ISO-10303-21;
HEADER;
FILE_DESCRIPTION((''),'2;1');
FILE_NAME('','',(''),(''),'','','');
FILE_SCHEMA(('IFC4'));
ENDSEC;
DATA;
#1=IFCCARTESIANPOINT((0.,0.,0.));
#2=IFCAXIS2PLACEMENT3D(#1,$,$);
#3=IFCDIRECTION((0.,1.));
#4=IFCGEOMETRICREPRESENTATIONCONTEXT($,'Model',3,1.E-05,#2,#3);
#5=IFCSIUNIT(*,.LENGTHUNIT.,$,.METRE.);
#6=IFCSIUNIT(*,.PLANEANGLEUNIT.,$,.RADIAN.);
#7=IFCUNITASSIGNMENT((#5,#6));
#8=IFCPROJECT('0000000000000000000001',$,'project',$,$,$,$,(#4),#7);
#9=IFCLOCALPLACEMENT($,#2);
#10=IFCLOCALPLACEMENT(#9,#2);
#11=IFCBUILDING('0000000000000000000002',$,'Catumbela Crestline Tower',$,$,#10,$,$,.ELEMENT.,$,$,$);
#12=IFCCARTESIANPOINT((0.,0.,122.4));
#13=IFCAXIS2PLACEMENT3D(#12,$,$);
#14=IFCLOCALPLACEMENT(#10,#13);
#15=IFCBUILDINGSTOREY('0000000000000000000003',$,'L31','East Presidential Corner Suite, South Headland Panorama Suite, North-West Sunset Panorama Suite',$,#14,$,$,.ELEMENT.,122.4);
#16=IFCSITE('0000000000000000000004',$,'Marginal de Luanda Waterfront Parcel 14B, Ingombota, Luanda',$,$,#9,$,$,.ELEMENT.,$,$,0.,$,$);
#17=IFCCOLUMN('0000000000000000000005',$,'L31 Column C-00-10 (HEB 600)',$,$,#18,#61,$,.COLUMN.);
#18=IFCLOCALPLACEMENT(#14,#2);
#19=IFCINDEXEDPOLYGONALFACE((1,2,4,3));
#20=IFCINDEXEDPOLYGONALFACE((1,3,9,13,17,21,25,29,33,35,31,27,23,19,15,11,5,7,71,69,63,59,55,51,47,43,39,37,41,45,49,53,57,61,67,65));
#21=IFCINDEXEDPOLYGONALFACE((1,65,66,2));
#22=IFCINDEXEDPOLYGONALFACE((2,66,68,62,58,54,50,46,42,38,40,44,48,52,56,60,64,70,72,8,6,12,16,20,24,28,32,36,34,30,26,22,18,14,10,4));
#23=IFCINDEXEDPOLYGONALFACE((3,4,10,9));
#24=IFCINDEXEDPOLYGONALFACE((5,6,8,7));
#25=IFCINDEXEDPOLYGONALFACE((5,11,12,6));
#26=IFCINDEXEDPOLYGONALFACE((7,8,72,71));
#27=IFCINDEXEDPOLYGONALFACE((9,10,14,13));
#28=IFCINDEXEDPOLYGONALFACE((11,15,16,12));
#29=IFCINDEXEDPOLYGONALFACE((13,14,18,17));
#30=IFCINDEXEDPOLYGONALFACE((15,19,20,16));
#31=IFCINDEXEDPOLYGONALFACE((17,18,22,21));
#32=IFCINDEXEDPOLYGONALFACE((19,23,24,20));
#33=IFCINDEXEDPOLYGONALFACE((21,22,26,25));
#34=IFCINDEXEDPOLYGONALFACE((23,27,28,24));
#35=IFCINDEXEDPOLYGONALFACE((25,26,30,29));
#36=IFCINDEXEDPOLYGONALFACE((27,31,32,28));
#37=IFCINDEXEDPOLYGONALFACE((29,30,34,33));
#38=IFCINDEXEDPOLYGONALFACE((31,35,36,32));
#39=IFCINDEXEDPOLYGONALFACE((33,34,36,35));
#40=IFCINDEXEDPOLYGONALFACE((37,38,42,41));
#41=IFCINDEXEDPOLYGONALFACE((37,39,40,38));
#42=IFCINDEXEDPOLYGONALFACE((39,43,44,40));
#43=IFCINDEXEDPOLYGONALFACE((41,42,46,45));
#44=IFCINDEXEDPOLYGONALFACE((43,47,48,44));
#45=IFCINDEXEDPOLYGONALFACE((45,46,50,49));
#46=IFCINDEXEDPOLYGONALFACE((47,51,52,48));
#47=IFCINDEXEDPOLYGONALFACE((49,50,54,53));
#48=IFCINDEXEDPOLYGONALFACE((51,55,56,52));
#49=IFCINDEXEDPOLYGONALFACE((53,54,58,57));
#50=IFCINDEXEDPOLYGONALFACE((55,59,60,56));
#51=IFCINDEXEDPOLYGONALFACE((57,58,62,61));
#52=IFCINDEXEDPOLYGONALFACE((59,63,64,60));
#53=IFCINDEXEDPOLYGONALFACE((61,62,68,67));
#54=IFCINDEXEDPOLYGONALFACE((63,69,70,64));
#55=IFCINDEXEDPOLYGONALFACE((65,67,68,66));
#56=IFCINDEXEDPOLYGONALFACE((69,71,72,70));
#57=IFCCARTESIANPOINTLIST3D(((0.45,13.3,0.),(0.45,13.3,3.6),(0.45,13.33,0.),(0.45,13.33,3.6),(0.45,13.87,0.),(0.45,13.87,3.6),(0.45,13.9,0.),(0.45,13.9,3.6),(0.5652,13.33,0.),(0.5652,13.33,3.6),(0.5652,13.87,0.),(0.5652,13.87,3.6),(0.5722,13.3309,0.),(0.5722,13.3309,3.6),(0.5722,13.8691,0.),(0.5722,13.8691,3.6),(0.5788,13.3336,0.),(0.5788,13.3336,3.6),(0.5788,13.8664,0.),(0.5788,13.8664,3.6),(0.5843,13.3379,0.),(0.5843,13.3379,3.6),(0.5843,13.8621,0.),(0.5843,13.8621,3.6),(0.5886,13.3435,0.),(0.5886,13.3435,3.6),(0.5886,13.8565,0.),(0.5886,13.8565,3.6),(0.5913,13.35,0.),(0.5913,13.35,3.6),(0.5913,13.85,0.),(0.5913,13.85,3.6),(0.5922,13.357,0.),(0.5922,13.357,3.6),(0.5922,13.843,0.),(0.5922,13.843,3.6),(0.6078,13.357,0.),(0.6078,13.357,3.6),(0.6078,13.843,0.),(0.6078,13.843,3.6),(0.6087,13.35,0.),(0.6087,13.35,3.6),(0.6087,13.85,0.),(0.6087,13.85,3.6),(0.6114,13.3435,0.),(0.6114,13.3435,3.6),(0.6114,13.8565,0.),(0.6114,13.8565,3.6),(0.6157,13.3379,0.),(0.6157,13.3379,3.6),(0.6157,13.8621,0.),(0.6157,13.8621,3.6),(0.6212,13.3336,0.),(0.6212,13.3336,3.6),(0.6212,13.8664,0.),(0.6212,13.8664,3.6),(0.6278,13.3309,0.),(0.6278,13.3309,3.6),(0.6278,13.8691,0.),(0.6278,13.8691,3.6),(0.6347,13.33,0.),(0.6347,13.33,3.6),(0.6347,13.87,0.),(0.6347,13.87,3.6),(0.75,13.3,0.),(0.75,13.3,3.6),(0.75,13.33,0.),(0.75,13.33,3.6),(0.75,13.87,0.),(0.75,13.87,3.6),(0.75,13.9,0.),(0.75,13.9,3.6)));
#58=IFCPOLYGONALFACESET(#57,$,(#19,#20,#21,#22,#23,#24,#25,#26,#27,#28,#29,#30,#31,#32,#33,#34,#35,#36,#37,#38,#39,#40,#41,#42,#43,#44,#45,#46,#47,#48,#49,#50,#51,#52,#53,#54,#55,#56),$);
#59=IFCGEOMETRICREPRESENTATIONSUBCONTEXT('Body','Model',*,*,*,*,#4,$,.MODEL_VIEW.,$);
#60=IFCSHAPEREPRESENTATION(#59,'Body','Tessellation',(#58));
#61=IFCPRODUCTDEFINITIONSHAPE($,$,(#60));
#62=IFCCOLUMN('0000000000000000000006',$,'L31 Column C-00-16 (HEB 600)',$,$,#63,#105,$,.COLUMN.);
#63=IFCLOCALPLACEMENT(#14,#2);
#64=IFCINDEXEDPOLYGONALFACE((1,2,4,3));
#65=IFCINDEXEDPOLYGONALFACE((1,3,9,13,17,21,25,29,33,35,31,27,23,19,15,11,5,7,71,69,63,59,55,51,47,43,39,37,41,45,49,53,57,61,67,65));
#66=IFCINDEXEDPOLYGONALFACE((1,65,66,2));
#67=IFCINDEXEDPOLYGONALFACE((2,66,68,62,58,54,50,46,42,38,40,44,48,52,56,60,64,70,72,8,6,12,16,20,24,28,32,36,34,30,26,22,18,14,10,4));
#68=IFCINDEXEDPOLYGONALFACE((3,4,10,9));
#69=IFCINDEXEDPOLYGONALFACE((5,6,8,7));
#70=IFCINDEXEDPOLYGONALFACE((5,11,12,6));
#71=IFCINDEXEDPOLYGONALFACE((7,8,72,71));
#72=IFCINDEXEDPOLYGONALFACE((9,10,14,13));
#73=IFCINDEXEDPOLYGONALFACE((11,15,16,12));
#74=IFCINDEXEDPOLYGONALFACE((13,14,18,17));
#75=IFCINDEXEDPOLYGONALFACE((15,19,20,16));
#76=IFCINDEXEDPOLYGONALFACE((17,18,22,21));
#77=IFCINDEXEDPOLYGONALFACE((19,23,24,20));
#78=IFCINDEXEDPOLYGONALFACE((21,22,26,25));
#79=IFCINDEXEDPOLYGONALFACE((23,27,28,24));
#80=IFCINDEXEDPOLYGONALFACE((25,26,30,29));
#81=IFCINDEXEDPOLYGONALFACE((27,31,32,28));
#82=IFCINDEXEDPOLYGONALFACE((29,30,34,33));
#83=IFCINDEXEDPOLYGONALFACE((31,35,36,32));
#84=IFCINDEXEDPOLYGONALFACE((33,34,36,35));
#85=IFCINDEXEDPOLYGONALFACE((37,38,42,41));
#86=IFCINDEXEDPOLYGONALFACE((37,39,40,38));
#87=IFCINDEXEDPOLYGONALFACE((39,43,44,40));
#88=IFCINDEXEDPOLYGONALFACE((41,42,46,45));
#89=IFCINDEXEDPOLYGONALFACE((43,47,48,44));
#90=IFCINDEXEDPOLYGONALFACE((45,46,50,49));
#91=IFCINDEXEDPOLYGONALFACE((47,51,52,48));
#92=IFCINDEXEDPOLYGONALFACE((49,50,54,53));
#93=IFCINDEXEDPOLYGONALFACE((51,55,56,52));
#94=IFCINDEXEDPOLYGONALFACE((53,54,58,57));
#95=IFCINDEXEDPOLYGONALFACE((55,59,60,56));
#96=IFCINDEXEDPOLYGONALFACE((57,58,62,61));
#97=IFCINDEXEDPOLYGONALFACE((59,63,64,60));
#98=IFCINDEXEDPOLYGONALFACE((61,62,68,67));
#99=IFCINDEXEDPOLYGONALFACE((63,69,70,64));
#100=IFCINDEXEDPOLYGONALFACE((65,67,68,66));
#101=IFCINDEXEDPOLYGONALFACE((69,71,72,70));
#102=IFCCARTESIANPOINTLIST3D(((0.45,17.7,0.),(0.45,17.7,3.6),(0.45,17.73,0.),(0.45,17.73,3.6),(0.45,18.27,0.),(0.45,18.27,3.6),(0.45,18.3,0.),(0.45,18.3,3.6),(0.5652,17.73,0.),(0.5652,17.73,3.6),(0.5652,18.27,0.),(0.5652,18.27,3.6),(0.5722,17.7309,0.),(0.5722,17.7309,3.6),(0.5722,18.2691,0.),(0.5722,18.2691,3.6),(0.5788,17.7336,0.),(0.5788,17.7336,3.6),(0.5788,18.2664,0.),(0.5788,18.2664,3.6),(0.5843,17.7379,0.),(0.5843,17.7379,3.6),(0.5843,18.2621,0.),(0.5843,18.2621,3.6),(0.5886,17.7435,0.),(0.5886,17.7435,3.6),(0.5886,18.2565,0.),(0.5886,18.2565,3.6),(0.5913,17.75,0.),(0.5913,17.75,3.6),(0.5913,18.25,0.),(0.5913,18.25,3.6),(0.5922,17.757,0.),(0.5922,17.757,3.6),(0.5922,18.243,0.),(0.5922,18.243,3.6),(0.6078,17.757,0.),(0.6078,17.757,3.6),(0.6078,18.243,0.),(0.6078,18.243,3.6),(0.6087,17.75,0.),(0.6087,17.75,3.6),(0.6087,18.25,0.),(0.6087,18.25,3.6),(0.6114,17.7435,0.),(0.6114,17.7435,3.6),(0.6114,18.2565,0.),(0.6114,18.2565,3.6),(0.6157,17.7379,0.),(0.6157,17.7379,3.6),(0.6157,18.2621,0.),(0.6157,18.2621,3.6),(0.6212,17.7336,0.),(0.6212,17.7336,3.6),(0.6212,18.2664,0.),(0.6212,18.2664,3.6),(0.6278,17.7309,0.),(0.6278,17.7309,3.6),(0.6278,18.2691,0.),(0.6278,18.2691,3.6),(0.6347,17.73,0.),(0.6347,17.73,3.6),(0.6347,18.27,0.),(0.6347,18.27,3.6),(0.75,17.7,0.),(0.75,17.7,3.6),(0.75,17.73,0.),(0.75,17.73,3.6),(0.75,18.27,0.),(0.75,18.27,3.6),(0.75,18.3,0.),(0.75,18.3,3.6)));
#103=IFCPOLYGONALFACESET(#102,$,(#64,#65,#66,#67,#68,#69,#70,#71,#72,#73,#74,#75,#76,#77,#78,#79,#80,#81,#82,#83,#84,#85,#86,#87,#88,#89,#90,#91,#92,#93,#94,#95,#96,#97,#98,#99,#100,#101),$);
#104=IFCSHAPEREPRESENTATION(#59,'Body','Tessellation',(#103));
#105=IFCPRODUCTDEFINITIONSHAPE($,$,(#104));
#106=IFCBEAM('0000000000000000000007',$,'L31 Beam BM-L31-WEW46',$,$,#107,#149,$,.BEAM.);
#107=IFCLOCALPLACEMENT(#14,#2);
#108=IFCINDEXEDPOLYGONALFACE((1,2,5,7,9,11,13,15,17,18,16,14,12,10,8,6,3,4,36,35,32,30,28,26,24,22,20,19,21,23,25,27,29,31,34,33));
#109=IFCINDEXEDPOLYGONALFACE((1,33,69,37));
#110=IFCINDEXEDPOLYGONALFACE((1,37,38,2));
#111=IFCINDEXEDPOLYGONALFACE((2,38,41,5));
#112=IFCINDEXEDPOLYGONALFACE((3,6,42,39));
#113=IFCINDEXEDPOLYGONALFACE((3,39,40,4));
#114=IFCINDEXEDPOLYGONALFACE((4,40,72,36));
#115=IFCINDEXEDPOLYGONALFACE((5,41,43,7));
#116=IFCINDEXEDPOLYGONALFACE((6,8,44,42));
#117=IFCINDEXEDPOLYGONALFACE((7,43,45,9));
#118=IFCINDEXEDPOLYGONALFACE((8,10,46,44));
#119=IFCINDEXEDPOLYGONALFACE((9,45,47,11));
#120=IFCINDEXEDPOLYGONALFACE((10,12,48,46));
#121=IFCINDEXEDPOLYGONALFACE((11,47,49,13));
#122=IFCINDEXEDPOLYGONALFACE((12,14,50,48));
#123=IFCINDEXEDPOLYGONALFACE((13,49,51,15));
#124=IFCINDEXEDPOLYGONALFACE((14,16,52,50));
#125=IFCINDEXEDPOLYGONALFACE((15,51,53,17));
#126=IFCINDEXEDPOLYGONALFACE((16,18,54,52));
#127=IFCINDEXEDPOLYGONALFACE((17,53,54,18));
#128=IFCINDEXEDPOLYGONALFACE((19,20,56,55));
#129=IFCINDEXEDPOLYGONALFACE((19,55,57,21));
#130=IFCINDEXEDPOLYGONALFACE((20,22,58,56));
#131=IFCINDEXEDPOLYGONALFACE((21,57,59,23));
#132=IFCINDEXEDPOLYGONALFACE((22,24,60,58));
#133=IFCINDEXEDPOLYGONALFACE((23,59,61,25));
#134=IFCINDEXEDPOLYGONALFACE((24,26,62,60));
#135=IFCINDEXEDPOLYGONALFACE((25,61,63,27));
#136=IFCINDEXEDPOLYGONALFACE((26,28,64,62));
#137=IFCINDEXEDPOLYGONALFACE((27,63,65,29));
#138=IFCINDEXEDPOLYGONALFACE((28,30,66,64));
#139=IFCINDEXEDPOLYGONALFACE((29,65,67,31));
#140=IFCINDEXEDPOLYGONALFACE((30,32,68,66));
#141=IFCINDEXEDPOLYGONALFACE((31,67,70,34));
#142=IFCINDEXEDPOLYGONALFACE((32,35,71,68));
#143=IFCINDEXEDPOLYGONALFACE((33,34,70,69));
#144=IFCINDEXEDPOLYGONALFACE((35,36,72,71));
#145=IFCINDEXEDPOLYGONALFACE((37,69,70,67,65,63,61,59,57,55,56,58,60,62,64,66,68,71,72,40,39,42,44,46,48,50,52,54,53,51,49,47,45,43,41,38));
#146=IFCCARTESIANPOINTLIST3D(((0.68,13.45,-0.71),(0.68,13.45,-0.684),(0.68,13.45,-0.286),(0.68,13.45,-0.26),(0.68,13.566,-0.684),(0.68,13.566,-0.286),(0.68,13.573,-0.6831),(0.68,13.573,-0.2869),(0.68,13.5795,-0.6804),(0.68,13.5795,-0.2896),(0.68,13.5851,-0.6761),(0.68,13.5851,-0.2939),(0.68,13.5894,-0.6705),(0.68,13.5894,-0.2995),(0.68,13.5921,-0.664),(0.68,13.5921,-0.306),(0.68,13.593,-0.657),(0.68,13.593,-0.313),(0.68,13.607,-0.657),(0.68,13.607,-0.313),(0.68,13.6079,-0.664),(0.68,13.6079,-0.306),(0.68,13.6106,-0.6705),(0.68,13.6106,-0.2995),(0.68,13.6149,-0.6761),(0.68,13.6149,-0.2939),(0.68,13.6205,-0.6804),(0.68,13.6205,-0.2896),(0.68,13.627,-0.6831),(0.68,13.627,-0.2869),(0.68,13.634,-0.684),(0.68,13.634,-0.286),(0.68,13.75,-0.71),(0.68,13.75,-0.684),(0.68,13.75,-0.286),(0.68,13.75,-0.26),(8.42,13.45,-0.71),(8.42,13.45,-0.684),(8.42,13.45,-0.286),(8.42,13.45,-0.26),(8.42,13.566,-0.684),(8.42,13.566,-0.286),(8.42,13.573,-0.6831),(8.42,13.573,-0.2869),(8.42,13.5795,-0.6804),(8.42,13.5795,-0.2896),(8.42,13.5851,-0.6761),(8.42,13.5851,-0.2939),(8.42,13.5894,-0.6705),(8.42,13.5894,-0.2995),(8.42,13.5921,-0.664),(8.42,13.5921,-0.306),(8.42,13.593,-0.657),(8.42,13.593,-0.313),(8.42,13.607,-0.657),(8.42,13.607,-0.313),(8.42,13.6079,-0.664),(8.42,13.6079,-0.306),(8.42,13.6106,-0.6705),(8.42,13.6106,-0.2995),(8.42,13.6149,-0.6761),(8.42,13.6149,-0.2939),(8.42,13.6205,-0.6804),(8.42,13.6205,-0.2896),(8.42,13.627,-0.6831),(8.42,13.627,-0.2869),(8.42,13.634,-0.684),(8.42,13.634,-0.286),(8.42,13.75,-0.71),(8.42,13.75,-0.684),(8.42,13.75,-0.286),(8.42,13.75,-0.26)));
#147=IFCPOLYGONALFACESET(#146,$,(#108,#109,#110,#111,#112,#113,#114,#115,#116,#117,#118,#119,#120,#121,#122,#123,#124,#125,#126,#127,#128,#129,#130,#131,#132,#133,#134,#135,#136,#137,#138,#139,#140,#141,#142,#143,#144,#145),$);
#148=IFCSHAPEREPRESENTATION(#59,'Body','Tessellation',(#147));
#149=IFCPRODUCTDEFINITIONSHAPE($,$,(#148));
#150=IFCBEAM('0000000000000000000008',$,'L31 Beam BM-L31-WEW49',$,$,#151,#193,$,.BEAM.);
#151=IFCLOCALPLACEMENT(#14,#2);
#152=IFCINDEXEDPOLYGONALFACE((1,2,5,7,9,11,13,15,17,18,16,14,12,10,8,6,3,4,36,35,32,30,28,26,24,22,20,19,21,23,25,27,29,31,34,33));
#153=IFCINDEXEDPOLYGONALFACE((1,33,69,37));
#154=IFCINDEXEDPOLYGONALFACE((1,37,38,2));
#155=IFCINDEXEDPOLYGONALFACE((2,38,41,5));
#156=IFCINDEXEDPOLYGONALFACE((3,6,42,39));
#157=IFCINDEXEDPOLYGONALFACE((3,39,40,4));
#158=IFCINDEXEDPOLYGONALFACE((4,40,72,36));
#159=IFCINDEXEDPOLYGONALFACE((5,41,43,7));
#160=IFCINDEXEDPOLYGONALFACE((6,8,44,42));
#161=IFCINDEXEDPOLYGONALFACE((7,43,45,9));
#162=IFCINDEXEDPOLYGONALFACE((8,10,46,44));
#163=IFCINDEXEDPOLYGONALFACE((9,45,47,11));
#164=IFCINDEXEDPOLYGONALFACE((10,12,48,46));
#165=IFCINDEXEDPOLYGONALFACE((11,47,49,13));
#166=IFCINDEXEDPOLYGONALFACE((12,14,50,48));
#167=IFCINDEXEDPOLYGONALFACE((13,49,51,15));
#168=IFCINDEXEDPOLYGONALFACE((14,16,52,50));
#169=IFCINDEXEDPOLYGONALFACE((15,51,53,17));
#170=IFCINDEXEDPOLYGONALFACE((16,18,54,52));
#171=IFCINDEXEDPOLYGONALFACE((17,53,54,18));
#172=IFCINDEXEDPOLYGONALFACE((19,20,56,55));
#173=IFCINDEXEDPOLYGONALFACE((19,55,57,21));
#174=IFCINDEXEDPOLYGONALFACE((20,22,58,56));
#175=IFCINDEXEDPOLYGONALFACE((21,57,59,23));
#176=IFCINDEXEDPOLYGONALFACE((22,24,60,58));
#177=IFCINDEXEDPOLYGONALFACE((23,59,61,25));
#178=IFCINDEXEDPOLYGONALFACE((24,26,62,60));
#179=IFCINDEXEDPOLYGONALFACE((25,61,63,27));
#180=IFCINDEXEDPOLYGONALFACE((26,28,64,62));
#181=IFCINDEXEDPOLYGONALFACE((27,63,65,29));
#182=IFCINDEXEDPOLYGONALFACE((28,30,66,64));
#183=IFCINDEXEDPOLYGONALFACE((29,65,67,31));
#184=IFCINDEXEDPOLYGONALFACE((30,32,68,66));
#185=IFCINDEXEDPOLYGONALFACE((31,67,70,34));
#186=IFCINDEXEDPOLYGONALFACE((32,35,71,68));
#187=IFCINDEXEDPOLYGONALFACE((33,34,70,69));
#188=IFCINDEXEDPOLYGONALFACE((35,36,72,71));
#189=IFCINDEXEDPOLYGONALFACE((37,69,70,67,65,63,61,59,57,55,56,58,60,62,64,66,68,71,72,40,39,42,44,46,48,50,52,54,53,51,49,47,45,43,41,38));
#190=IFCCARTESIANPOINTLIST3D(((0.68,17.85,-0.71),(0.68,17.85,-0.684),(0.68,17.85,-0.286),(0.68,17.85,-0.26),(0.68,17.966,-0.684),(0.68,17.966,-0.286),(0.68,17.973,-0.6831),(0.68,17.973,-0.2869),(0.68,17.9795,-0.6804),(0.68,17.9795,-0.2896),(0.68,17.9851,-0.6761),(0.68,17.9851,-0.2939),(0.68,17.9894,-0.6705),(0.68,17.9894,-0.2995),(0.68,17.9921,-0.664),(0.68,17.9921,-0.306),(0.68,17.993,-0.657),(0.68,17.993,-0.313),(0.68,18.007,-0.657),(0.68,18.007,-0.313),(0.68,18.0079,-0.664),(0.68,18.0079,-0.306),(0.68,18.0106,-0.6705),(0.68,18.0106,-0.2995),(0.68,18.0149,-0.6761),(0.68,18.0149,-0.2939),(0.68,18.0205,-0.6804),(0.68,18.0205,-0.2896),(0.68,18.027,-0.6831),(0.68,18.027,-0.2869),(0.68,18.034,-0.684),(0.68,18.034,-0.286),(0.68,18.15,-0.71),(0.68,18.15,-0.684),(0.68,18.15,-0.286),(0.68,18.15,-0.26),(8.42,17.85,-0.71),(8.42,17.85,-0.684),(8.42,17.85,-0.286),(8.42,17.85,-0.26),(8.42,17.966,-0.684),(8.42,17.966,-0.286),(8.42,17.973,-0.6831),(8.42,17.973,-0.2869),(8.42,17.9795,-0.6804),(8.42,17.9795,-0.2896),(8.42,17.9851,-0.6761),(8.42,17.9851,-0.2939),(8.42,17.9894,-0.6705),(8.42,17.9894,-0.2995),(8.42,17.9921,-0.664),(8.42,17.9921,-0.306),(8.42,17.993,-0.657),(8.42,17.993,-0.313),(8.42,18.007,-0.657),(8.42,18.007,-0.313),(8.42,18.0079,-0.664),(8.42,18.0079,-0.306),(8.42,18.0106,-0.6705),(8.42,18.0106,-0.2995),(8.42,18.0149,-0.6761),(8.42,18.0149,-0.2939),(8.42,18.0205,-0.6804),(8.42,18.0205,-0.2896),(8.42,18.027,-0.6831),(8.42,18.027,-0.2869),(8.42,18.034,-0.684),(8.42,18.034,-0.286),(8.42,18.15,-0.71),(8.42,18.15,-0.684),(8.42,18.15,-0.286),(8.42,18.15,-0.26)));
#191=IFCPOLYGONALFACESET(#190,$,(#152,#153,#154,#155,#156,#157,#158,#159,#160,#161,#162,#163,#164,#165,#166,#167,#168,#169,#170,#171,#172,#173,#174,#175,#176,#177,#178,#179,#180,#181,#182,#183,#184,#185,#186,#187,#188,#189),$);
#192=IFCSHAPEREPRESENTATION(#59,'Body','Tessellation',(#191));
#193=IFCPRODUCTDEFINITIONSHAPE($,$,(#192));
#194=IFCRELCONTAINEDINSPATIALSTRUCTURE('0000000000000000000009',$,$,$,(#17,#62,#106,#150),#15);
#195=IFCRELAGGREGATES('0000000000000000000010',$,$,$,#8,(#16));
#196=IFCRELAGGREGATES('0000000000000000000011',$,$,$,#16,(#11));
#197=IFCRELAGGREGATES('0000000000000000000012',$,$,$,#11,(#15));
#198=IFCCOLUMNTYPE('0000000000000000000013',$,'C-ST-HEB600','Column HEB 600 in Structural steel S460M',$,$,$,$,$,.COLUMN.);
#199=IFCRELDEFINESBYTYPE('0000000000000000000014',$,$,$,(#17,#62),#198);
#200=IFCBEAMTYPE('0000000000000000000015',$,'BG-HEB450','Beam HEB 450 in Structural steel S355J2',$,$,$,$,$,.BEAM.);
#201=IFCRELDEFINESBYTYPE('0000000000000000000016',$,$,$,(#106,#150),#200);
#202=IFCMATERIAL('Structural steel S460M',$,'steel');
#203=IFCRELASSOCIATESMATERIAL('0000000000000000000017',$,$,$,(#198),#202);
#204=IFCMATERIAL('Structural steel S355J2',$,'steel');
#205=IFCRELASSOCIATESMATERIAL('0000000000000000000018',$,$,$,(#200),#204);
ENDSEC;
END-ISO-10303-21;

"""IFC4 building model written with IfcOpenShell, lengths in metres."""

from ifc_helpers import new_model, si_unit, direction, frame, origin, origin_2d, place, context, subcontext, project, spatial, i_section, extrude, material, material_profile, profile_set, type_object, element, save


model = new_model("IFC4")

# Units and contexts
model_context = context("Model", 3, precision=1e-05, world=origin(), true_north=direction((0.0, 1.0)))
body_context = subcontext(model_context, "Body", "Model", "MODEL_VIEW")
ifc_project = project(units=[si_unit("LENGTHUNIT", "METRE"), si_unit("PLANEANGLEUNIT", "RADIAN")], contexts=[model_context])

# Site, building, storey
site_placement = place(None, origin())
site = spatial("IfcSite", under=ifc_project, at=site_placement, Name="Marginal de Luanda Waterfront Parcel 14B, Ingombota, Luanda", CompositionType="ELEMENT", RefElevation=0.0)
building_placement = place(site_placement, origin())
building = spatial("IfcBuilding", under=site, at=building_placement, Name="Catumbela Crestline Tower", CompositionType="ELEMENT")
storey_placement = place(building_placement, frame((0.0, 0.0, 122.4)))
storey = spatial("IfcBuildingStorey", under=building, at=storey_placement, Name="L31", Description="East Presidential Corner Suite, South Headland Panorama Suite, North-West Sunset Panorama Suite", CompositionType="ELEMENT", Elevation=122.4)

# Columns
ifc_material_1 = material(Name="Structural steel S460M", Category="steel")
ifc_material_profile_1 = material_profile(ifc_material_1, i_section(OverallWidth=0.3, OverallDepth=0.6, WebThickness=0.0155, FlangeThickness=0.03, FilletRadius=0.027, at=origin_2d()), Name="HEB 600")
ifc_profile_set_1 = profile_set([ifc_material_profile_1], Name="Structural steel S460M")
column_type = type_object("IfcColumnType", Name="C-ST-HEB600", Description="Column HEB 600 in Structural steel S460M", PredefinedType="COLUMN", material=ifc_profile_set_1)
for number, where, z_axis, x_axis, name in (
    (1, (0.6, 13.6, 0.0), (0.0, 0.0, 1.0), (1.0, 0.0, 0.0), "L31 Column C-00-10 (HEB 600)"),
    (2, (0.6, 18.0, 0.0), (0.0, 0.0, 1.0), (1.0, 0.0, 0.0), "L31 Column C-00-16 (HEB 600)"),
):
    element("IfcColumn", number, at=place(storey_placement, frame(where, z_axis=z_axis, x_axis=x_axis)), inside=storey, type_object=column_type, Name=name, PredefinedType="COLUMN", context=body_context, shape_type="SweptSolid", body=[
        extrude(i_section(OverallWidth=0.3, OverallDepth=0.6, WebThickness=0.0155, FlangeThickness=0.03, FilletRadius=0.027, at=origin_2d()), origin(), (0.0, 0.0, 1.0), 3.6),
    ])

# Beams
ifc_material_2 = material(Name="Structural steel S355J2", Category="steel")
ifc_material_profile_2 = material_profile(ifc_material_2, i_section(OverallWidth=0.3, OverallDepth=0.45, WebThickness=0.014, FlangeThickness=0.026, FilletRadius=0.027, at=origin_2d()), Name="HEB 450")
ifc_profile_set_2 = profile_set([ifc_material_profile_2], Name="Structural steel S355J2")
beam_type_1 = type_object("IfcBeamType", Name="BG-HEB450", Description="Beam HEB 450 in Structural steel S355J2", PredefinedType="BEAM", material=ifc_profile_set_2)
for number, where, z_axis, x_axis, name in (
    (3, (0.68, 13.6, -0.485), (1.0, 0.0, 0.0), (0.0, 1.0, 0.0), "L31 Beam BM-L31-WEW46"),
    (4, (0.68, 18.0, -0.485), (1.0, 0.0, 0.0), (0.0, 1.0, 0.0), "L31 Beam BM-L31-WEW49"),
):
    element("IfcBeam", number, at=place(storey_placement, frame(where, z_axis=z_axis, x_axis=x_axis)), inside=storey, type_object=beam_type_1, Name=name, PredefinedType="BEAM", context=body_context, shape_type="SweptSolid", body=[
        extrude(i_section(OverallWidth=0.3, OverallDepth=0.45, WebThickness=0.014, FlangeThickness=0.026, FilletRadius=0.027, at=origin_2d()), origin(), (0.0, 0.0, 1.0), 7.74),
    ])

save(model, "model.ifc")
